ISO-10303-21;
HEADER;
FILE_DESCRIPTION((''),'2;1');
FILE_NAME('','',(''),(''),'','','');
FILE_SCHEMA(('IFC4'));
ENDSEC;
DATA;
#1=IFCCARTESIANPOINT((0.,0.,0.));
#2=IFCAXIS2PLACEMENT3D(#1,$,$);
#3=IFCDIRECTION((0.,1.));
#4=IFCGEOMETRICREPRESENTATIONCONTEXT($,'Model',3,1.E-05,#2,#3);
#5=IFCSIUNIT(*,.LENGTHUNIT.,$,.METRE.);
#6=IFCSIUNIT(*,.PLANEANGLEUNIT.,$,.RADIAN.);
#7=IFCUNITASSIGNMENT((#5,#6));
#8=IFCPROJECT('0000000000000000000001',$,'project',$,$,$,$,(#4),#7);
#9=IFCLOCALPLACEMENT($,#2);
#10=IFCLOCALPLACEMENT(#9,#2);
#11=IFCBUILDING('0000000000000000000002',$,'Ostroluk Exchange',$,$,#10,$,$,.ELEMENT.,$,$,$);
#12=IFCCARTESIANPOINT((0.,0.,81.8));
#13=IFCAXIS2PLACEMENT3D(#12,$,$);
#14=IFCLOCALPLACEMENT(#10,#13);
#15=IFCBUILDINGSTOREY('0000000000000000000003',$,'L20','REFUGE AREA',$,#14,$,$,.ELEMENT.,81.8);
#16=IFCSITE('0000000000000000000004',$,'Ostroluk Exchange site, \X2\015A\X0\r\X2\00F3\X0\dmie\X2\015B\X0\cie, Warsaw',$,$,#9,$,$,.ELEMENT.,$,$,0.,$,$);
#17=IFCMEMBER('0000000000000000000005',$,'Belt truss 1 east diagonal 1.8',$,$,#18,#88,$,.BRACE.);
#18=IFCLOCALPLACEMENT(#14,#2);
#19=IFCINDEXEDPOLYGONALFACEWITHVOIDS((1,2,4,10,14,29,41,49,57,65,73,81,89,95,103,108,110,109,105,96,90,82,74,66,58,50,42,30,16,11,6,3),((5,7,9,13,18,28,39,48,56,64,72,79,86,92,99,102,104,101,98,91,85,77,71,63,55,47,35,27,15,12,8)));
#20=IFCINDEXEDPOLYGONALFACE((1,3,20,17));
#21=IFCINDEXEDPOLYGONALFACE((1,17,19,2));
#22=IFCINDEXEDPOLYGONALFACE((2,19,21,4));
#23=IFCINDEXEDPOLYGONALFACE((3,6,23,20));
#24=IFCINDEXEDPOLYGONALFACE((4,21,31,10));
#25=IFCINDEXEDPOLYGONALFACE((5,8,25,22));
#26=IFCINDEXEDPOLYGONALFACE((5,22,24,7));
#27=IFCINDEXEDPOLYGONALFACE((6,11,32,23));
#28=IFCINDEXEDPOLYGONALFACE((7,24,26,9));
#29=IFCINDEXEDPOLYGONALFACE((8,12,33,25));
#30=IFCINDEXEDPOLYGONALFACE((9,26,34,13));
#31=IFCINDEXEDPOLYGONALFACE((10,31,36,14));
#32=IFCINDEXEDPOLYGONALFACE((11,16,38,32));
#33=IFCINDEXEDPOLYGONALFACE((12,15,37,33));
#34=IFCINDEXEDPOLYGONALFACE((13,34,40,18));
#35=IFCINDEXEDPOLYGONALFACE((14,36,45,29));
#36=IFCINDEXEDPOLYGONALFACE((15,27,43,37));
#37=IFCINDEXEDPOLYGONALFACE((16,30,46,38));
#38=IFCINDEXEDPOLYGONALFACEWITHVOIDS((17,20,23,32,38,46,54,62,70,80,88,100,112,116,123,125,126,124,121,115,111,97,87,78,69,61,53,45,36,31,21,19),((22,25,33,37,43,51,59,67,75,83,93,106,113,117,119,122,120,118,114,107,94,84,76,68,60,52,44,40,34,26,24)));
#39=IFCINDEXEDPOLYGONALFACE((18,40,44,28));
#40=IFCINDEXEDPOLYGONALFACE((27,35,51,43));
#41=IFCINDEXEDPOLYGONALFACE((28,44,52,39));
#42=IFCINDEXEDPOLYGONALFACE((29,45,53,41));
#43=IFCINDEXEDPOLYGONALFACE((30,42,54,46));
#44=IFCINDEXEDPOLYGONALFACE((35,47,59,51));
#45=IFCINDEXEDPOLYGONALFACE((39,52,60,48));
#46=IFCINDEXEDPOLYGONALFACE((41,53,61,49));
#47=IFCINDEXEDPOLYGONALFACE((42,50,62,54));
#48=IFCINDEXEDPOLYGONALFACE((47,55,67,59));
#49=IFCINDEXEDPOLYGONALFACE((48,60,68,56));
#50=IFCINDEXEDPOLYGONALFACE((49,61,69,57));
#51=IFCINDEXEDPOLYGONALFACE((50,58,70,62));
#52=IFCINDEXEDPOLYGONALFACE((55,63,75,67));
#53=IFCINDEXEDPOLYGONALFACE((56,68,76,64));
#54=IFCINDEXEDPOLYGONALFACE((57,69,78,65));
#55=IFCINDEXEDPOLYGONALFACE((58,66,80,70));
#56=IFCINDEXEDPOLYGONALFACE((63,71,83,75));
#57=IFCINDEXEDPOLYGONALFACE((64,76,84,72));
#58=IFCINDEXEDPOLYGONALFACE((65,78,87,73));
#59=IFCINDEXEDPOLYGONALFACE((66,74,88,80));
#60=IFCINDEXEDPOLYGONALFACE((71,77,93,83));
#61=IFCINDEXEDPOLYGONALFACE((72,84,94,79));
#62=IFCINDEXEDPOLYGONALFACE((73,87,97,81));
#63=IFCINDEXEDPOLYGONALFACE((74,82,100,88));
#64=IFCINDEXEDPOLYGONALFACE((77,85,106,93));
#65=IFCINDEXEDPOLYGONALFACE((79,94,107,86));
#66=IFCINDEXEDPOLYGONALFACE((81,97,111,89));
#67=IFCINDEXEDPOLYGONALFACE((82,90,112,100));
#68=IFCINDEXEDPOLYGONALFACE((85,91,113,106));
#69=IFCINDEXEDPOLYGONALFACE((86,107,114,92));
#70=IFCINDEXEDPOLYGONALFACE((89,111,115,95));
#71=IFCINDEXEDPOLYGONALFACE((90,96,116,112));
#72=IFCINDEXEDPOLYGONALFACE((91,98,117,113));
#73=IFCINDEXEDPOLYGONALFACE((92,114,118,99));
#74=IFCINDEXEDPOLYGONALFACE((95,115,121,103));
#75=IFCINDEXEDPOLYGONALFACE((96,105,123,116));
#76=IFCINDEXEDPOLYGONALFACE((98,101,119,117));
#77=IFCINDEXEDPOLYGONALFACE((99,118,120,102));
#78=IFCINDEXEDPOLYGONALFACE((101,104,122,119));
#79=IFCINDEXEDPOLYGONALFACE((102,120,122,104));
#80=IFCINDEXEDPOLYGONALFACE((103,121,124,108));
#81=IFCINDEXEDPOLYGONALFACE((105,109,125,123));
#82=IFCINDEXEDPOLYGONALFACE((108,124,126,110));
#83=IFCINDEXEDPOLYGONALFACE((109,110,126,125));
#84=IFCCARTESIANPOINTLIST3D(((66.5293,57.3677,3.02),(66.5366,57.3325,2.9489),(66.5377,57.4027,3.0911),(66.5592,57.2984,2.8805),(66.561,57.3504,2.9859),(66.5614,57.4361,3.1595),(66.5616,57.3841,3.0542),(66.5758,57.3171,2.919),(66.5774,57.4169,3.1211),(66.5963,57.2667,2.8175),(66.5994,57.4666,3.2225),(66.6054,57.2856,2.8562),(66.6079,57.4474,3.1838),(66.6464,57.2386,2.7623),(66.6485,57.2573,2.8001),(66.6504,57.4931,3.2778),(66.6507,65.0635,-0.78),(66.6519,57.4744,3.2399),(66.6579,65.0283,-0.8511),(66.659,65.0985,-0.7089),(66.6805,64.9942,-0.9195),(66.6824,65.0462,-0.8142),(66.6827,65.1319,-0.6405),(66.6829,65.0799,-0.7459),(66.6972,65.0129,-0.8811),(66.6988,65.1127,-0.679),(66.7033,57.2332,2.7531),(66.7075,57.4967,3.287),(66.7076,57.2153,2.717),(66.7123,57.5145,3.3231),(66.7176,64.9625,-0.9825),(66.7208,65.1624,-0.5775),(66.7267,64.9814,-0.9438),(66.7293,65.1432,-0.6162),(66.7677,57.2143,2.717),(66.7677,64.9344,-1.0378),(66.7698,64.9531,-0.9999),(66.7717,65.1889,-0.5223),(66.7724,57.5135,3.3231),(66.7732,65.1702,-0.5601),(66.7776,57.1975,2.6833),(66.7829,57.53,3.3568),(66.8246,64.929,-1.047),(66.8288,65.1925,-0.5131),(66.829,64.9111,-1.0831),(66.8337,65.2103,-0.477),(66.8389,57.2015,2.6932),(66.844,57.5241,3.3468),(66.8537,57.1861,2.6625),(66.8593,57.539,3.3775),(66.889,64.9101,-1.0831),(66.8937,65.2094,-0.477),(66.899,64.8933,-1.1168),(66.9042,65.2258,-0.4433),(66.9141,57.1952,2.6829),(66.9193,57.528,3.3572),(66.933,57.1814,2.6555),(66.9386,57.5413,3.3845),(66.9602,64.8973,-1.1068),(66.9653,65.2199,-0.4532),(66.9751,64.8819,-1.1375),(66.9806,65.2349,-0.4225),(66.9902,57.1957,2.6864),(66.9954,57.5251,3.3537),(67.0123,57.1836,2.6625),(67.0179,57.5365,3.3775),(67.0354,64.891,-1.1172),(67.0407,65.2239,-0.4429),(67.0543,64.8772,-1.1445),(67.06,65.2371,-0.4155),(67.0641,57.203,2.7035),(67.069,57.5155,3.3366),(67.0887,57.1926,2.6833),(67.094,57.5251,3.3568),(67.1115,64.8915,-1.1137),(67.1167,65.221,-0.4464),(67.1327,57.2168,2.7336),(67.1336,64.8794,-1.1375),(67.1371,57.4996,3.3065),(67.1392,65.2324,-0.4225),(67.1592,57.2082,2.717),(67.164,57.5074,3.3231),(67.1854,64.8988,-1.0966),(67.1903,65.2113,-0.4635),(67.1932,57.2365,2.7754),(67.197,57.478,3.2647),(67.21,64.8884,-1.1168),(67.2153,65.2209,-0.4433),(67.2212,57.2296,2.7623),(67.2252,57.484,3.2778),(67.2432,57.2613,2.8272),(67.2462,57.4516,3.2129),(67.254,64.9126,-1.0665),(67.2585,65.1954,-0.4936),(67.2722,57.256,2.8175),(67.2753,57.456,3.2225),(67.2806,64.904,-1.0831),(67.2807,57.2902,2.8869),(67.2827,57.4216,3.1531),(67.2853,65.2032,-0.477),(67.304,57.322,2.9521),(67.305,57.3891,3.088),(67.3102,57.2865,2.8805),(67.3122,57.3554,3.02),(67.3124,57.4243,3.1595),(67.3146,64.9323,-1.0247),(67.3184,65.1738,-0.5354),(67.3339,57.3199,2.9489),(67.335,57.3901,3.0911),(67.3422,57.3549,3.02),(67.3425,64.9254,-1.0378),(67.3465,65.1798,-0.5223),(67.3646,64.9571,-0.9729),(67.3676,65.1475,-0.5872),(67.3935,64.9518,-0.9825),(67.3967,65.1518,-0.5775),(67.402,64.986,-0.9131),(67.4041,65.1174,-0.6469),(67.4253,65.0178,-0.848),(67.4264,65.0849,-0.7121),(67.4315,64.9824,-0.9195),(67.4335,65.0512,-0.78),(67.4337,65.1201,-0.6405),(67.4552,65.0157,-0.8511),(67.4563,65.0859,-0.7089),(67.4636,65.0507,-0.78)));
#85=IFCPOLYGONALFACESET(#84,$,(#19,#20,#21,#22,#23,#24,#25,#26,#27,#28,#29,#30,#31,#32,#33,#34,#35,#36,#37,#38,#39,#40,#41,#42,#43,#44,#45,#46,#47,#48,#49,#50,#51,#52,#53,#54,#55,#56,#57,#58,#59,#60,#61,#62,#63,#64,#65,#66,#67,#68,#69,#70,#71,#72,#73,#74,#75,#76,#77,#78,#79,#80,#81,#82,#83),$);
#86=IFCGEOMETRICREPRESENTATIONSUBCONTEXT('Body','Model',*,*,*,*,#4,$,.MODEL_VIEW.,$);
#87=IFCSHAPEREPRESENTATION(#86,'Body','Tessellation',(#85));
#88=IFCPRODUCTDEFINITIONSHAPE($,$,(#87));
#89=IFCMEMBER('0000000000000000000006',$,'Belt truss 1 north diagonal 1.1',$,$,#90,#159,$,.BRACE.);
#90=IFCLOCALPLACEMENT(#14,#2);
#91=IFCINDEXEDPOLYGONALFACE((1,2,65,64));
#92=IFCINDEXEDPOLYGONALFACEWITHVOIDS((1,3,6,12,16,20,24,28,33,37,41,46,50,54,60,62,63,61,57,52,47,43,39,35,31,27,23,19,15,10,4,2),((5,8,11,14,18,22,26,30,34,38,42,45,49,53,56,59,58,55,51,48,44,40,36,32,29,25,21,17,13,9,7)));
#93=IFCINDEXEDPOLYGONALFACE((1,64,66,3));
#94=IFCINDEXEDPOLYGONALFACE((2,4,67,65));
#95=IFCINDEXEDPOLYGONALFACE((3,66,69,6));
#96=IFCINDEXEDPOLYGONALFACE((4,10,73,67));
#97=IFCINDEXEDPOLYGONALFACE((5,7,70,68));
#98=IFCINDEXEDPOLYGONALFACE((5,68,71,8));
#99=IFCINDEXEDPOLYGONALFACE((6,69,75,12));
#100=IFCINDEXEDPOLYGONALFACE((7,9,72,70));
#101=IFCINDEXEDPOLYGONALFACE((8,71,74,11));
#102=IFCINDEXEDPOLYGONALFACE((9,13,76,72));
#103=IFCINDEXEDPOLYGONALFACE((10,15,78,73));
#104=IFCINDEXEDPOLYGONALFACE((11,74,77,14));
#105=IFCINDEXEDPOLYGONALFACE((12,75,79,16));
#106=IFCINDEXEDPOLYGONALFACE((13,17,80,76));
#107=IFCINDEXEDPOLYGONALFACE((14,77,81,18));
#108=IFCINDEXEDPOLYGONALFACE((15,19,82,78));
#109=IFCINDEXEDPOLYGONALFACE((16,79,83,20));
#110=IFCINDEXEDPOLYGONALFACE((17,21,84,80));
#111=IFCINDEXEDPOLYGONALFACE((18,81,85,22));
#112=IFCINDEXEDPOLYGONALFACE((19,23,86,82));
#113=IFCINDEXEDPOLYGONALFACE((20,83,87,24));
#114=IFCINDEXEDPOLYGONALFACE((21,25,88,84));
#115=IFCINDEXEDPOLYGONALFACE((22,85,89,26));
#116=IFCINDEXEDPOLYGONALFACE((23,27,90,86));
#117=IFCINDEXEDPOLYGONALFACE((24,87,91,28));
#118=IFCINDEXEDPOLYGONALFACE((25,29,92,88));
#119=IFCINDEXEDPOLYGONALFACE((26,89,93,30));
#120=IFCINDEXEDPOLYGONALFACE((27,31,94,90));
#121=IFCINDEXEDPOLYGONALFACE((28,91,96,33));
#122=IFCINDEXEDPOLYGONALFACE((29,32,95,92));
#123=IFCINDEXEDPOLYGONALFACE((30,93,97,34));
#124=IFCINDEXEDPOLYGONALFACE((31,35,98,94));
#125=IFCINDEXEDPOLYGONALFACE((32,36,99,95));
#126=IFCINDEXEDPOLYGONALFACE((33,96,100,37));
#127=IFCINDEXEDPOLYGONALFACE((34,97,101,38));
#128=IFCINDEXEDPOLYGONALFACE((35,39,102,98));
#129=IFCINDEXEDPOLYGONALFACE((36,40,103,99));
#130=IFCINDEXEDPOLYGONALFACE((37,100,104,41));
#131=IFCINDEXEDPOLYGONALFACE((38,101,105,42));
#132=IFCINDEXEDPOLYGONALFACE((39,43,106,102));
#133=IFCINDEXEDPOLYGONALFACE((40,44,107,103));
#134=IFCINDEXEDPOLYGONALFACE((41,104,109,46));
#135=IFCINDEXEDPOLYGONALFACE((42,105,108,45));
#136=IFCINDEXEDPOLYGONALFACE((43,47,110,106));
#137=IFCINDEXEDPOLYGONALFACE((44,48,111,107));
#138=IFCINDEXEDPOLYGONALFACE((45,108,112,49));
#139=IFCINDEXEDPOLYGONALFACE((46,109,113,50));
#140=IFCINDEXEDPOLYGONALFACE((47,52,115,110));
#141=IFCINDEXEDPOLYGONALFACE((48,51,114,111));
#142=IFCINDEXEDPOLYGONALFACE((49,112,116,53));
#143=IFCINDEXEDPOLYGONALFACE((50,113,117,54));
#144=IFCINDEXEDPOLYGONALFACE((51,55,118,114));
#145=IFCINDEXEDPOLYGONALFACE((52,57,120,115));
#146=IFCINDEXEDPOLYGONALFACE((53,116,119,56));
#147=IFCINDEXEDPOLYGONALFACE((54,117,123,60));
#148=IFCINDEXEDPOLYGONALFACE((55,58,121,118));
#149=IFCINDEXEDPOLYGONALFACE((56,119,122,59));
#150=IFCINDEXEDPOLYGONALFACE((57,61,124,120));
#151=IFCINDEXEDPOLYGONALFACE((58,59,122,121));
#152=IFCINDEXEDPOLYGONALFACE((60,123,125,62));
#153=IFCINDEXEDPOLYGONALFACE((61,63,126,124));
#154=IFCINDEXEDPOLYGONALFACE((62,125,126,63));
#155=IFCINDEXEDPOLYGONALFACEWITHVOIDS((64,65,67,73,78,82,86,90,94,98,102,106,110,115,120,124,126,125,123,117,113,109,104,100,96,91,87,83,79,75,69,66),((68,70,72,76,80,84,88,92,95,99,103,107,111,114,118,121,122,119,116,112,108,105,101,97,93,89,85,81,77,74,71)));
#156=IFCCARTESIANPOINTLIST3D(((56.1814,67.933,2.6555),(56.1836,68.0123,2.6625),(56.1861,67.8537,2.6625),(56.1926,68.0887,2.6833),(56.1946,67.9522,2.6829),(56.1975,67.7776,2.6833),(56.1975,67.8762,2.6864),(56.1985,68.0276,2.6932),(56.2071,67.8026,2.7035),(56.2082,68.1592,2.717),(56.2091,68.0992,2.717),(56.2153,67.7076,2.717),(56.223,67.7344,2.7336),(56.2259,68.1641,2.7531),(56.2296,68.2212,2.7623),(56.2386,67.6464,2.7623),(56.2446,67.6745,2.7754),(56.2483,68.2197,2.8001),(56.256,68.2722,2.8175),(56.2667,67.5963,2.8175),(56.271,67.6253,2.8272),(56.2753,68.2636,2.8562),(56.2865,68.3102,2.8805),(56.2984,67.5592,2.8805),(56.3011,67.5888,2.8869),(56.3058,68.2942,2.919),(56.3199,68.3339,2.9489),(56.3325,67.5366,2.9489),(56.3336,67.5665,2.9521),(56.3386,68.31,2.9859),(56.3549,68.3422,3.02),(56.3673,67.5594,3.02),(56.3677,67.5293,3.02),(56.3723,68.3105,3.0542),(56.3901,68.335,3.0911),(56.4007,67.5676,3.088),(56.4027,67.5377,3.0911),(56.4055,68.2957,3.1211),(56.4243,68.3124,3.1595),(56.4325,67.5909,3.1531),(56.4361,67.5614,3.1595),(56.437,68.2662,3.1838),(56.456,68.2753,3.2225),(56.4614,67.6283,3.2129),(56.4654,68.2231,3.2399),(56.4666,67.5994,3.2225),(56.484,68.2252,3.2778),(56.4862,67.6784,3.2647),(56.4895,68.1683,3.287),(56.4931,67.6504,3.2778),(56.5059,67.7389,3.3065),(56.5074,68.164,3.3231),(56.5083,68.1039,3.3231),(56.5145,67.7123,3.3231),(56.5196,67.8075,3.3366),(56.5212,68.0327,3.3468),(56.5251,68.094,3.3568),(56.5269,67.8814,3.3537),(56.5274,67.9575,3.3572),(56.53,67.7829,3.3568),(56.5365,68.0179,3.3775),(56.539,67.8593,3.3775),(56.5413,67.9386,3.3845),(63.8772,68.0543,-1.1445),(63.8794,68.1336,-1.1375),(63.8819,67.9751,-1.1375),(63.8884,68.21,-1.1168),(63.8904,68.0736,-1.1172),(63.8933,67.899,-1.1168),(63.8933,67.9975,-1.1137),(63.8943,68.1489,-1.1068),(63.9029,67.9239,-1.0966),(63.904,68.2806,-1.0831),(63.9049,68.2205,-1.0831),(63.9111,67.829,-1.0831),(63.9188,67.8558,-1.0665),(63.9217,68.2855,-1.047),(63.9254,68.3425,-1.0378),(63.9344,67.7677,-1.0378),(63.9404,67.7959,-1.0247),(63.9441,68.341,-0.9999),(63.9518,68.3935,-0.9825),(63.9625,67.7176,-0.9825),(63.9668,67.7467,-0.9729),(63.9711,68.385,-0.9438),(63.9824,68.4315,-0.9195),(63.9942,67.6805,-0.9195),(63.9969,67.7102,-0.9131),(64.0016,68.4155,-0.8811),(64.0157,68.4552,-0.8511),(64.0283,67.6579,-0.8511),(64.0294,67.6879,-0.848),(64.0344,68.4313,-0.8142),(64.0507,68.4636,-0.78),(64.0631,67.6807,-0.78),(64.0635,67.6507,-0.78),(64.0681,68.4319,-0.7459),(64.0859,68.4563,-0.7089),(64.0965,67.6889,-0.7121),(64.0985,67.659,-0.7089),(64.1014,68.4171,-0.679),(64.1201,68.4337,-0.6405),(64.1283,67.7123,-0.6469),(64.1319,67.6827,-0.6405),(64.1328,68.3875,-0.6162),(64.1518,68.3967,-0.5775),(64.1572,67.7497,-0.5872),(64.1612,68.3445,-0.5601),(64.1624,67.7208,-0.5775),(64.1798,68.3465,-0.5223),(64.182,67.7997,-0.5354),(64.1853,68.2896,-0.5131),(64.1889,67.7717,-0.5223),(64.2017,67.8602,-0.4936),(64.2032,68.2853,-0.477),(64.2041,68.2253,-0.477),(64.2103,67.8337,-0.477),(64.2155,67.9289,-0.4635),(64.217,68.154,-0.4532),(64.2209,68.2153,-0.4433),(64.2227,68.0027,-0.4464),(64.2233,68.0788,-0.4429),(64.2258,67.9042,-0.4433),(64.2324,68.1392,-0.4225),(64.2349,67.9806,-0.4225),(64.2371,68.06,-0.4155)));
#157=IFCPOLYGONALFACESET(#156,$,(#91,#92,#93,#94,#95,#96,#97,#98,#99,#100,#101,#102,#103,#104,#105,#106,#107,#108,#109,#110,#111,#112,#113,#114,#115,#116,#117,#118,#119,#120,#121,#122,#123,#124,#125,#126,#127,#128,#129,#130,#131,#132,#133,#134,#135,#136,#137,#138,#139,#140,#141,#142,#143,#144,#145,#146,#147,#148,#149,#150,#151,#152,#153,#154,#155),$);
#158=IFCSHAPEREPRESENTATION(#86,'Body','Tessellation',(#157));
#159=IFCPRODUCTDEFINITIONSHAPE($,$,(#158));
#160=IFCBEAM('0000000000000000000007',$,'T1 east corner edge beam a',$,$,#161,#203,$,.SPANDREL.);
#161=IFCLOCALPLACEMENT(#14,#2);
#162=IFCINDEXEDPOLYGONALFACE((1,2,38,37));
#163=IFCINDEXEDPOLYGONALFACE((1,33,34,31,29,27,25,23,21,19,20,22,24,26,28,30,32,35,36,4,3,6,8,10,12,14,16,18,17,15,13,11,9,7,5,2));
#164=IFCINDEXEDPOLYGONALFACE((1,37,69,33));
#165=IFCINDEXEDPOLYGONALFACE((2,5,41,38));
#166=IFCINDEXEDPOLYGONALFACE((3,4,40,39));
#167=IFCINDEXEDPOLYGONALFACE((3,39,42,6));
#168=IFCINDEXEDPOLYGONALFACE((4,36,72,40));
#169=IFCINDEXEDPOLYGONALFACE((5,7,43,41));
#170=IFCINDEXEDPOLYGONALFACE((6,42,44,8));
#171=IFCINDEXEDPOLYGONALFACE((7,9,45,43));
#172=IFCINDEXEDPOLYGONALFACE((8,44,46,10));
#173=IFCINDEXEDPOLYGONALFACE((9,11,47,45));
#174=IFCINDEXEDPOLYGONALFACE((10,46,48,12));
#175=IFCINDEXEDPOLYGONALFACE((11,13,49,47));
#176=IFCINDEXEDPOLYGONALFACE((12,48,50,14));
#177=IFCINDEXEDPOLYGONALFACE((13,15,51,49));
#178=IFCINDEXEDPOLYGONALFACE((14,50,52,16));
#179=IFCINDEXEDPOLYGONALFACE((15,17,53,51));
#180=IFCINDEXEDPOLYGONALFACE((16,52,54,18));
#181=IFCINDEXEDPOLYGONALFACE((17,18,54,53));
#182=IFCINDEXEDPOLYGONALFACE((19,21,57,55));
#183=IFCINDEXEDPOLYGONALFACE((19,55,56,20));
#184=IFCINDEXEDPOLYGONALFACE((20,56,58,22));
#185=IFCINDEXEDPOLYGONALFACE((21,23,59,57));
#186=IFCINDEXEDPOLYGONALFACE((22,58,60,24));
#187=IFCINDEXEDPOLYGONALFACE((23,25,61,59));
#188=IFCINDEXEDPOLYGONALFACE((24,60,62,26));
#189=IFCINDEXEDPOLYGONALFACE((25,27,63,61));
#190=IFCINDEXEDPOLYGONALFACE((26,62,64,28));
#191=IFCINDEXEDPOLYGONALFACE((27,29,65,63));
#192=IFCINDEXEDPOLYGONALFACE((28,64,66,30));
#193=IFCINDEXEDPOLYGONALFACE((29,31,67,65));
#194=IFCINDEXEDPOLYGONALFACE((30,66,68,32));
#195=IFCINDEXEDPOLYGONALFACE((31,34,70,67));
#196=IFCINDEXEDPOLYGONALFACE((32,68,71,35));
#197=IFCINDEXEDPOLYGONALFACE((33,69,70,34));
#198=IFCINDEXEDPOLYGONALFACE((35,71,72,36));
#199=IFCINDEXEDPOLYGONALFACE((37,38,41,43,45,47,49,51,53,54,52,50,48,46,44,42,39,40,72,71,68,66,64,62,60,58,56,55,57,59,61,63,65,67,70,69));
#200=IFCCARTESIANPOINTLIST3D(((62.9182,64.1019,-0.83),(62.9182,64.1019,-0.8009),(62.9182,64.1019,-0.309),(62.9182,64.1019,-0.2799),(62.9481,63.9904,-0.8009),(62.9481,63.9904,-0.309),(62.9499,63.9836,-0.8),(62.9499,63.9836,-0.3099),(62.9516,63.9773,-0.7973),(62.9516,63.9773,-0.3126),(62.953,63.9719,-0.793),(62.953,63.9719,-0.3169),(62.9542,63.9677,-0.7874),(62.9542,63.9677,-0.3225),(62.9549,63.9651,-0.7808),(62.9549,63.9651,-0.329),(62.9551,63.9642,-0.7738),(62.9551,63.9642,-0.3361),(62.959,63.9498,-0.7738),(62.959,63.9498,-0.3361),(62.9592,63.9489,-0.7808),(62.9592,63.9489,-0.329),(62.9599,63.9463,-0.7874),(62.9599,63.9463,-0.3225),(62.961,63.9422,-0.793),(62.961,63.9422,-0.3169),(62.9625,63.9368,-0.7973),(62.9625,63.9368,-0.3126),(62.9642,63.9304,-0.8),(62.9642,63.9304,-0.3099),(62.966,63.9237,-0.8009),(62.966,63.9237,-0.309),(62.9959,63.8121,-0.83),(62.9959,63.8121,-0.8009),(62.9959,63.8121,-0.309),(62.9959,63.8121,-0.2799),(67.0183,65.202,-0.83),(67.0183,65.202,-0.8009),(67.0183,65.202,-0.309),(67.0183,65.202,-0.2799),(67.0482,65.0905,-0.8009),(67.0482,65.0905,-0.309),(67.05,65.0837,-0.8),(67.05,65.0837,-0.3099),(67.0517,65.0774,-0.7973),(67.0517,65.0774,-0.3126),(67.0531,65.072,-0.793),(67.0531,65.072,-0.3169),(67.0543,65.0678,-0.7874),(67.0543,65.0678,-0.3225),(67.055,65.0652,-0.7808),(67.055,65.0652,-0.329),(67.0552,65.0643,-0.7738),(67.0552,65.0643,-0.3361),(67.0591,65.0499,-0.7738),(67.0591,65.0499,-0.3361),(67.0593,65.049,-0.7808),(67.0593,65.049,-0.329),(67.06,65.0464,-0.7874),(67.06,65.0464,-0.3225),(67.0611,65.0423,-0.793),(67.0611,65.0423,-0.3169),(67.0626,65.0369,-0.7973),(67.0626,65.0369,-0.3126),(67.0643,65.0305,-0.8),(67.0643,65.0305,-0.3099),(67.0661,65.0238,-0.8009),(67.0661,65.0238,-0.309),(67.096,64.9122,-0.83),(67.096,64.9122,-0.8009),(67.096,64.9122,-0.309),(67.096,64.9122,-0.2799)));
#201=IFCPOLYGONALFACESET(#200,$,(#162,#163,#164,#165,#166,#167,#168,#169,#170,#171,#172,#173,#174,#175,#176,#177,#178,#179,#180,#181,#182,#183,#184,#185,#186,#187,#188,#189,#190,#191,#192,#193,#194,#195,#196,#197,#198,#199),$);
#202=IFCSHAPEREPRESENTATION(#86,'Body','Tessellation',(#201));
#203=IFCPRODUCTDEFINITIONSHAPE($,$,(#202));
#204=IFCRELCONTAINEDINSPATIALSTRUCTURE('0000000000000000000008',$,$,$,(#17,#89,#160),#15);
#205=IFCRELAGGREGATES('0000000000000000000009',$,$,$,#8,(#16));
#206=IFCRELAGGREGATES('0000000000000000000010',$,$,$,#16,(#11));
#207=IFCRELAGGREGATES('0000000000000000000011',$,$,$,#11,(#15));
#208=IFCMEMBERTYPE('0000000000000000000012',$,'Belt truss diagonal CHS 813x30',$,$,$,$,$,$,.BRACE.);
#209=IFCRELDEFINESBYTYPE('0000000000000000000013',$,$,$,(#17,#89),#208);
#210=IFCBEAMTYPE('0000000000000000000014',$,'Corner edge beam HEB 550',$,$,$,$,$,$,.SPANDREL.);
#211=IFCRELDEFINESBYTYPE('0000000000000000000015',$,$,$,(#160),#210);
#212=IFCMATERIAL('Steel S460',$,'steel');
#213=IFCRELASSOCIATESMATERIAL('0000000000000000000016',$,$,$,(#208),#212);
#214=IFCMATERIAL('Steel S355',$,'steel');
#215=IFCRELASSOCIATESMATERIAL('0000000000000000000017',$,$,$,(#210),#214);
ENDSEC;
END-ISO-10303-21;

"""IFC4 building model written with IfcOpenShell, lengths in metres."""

from ifc_helpers import new_model, si_unit, direction, frame, origin, origin_2d, place, context, subcontext, project, spatial, hollow_circle, i_section, extrude, material, material_profile, profile_set, type_object, element, save


model = new_model("IFC4")

# Units and contexts
model_context = context("Model", 3, precision=1e-05, world=origin(), true_north=direction((0.0, 1.0)))
body_context = subcontext(model_context, "Body", "Model", "MODEL_VIEW")
ifc_project = project(units=[si_unit("LENGTHUNIT", "METRE"), si_unit("PLANEANGLEUNIT", "RADIAN")], contexts=[model_context])

# Site, building, storey
site_placement = place(None, origin())
site = spatial("IfcSite", under=ifc_project, at=site_placement, Name="Ostroluk Exchange site, Śródmieście, Warsaw", CompositionType="ELEMENT", RefElevation=0.0)
building_placement = place(site_placement, origin())
building = spatial("IfcBuilding", under=site, at=building_placement, Name="Ostroluk Exchange", CompositionType="ELEMENT")
storey_placement = place(building_placement, frame((0.0, 0.0, 81.8)))
storey = spatial("IfcBuildingStorey", under=building, at=storey_placement, Name="L20", Description="REFUGE AREA", CompositionType="ELEMENT", Elevation=81.8)

# Members
ifc_material_1 = material(Name="Steel S460", Category="steel")
ifc_material_profile_1 = material_profile(ifc_material_1, hollow_circle(Radius=0.4065, WallThickness=0.03, at=origin_2d()), Name="CHS 813x30")
ifc_profile_set_1 = profile_set([ifc_material_profile_1], Name="Steel S460")
member_type_1 = type_object("IfcMemberType", Name="Belt truss diagonal CHS 813x30", PredefinedType="BRACE", material=ifc_profile_set_1)
for number, where, z_axis, x_axis, name in (
    (1, (67.0571, 65.0571, -0.78), (-0.014136, -0.896557, 0.442704), (0.999876, -0.015765, 0.0), "Belt truss 1 east diagonal 1.8"),
    (2, (64.0571, 68.0571, -0.78), (-0.896557, -0.014136, 0.442704), (0.015765, -0.999876, 0.0), "Belt truss 1 north diagonal 1.1"),
):
    element("IfcMember", number, at=place(storey_placement, frame(where, z_axis=z_axis, x_axis=x_axis)), inside=storey, type_object=member_type_1, Name=name, PredefinedType="BRACE", context=body_context, shape_type="SweptSolid", body=[
        extrude(hollow_circle(Radius=0.4065, WallThickness=0.03, at=origin_2d()), origin(), (0.0, 0.0, 1.0), 8.5837),
    ])

# Beam
ifc_material_2 = material(Name="Steel S355", Category="steel")
ifc_material_profile_2 = material_profile(ifc_material_2, i_section(OverallWidth=0.3, OverallDepth=0.55, WebThickness=0.0149, FlangeThickness=0.0291, FilletRadius=0.0271, at=origin_2d()), Name="HEB 550")
ifc_profile_set_2 = profile_set([ifc_material_profile_2], Name="Steel S355")
beam_type_1 = type_object("IfcBeamType", Name="Corner edge beam HEB 550", PredefinedType="SPANDREL", material=ifc_profile_set_2)
for number, where, z_axis, x_axis, name in (
    (3, (62.957, 63.957, -0.5549), (0.965839, 0.259144, 0.0), (-0.259144, 0.965839, 0.0), "T1 east corner edge beam a"),
):
    element("IfcBeam", number, at=place(storey_placement, frame(where, z_axis=z_axis, x_axis=x_axis)), inside=storey, type_object=beam_type_1, Name=name, PredefinedType="SPANDREL", context=body_context, shape_type="SweptSolid", body=[
        extrude(i_section(OverallWidth=0.3, OverallDepth=0.55, WebThickness=0.0149, FlangeThickness=0.0291, FilletRadius=0.0271, at=origin_2d()), origin(), (0.0, 0.0, 1.0), 4.2451),
    ])

save(model, "model.ifc")
